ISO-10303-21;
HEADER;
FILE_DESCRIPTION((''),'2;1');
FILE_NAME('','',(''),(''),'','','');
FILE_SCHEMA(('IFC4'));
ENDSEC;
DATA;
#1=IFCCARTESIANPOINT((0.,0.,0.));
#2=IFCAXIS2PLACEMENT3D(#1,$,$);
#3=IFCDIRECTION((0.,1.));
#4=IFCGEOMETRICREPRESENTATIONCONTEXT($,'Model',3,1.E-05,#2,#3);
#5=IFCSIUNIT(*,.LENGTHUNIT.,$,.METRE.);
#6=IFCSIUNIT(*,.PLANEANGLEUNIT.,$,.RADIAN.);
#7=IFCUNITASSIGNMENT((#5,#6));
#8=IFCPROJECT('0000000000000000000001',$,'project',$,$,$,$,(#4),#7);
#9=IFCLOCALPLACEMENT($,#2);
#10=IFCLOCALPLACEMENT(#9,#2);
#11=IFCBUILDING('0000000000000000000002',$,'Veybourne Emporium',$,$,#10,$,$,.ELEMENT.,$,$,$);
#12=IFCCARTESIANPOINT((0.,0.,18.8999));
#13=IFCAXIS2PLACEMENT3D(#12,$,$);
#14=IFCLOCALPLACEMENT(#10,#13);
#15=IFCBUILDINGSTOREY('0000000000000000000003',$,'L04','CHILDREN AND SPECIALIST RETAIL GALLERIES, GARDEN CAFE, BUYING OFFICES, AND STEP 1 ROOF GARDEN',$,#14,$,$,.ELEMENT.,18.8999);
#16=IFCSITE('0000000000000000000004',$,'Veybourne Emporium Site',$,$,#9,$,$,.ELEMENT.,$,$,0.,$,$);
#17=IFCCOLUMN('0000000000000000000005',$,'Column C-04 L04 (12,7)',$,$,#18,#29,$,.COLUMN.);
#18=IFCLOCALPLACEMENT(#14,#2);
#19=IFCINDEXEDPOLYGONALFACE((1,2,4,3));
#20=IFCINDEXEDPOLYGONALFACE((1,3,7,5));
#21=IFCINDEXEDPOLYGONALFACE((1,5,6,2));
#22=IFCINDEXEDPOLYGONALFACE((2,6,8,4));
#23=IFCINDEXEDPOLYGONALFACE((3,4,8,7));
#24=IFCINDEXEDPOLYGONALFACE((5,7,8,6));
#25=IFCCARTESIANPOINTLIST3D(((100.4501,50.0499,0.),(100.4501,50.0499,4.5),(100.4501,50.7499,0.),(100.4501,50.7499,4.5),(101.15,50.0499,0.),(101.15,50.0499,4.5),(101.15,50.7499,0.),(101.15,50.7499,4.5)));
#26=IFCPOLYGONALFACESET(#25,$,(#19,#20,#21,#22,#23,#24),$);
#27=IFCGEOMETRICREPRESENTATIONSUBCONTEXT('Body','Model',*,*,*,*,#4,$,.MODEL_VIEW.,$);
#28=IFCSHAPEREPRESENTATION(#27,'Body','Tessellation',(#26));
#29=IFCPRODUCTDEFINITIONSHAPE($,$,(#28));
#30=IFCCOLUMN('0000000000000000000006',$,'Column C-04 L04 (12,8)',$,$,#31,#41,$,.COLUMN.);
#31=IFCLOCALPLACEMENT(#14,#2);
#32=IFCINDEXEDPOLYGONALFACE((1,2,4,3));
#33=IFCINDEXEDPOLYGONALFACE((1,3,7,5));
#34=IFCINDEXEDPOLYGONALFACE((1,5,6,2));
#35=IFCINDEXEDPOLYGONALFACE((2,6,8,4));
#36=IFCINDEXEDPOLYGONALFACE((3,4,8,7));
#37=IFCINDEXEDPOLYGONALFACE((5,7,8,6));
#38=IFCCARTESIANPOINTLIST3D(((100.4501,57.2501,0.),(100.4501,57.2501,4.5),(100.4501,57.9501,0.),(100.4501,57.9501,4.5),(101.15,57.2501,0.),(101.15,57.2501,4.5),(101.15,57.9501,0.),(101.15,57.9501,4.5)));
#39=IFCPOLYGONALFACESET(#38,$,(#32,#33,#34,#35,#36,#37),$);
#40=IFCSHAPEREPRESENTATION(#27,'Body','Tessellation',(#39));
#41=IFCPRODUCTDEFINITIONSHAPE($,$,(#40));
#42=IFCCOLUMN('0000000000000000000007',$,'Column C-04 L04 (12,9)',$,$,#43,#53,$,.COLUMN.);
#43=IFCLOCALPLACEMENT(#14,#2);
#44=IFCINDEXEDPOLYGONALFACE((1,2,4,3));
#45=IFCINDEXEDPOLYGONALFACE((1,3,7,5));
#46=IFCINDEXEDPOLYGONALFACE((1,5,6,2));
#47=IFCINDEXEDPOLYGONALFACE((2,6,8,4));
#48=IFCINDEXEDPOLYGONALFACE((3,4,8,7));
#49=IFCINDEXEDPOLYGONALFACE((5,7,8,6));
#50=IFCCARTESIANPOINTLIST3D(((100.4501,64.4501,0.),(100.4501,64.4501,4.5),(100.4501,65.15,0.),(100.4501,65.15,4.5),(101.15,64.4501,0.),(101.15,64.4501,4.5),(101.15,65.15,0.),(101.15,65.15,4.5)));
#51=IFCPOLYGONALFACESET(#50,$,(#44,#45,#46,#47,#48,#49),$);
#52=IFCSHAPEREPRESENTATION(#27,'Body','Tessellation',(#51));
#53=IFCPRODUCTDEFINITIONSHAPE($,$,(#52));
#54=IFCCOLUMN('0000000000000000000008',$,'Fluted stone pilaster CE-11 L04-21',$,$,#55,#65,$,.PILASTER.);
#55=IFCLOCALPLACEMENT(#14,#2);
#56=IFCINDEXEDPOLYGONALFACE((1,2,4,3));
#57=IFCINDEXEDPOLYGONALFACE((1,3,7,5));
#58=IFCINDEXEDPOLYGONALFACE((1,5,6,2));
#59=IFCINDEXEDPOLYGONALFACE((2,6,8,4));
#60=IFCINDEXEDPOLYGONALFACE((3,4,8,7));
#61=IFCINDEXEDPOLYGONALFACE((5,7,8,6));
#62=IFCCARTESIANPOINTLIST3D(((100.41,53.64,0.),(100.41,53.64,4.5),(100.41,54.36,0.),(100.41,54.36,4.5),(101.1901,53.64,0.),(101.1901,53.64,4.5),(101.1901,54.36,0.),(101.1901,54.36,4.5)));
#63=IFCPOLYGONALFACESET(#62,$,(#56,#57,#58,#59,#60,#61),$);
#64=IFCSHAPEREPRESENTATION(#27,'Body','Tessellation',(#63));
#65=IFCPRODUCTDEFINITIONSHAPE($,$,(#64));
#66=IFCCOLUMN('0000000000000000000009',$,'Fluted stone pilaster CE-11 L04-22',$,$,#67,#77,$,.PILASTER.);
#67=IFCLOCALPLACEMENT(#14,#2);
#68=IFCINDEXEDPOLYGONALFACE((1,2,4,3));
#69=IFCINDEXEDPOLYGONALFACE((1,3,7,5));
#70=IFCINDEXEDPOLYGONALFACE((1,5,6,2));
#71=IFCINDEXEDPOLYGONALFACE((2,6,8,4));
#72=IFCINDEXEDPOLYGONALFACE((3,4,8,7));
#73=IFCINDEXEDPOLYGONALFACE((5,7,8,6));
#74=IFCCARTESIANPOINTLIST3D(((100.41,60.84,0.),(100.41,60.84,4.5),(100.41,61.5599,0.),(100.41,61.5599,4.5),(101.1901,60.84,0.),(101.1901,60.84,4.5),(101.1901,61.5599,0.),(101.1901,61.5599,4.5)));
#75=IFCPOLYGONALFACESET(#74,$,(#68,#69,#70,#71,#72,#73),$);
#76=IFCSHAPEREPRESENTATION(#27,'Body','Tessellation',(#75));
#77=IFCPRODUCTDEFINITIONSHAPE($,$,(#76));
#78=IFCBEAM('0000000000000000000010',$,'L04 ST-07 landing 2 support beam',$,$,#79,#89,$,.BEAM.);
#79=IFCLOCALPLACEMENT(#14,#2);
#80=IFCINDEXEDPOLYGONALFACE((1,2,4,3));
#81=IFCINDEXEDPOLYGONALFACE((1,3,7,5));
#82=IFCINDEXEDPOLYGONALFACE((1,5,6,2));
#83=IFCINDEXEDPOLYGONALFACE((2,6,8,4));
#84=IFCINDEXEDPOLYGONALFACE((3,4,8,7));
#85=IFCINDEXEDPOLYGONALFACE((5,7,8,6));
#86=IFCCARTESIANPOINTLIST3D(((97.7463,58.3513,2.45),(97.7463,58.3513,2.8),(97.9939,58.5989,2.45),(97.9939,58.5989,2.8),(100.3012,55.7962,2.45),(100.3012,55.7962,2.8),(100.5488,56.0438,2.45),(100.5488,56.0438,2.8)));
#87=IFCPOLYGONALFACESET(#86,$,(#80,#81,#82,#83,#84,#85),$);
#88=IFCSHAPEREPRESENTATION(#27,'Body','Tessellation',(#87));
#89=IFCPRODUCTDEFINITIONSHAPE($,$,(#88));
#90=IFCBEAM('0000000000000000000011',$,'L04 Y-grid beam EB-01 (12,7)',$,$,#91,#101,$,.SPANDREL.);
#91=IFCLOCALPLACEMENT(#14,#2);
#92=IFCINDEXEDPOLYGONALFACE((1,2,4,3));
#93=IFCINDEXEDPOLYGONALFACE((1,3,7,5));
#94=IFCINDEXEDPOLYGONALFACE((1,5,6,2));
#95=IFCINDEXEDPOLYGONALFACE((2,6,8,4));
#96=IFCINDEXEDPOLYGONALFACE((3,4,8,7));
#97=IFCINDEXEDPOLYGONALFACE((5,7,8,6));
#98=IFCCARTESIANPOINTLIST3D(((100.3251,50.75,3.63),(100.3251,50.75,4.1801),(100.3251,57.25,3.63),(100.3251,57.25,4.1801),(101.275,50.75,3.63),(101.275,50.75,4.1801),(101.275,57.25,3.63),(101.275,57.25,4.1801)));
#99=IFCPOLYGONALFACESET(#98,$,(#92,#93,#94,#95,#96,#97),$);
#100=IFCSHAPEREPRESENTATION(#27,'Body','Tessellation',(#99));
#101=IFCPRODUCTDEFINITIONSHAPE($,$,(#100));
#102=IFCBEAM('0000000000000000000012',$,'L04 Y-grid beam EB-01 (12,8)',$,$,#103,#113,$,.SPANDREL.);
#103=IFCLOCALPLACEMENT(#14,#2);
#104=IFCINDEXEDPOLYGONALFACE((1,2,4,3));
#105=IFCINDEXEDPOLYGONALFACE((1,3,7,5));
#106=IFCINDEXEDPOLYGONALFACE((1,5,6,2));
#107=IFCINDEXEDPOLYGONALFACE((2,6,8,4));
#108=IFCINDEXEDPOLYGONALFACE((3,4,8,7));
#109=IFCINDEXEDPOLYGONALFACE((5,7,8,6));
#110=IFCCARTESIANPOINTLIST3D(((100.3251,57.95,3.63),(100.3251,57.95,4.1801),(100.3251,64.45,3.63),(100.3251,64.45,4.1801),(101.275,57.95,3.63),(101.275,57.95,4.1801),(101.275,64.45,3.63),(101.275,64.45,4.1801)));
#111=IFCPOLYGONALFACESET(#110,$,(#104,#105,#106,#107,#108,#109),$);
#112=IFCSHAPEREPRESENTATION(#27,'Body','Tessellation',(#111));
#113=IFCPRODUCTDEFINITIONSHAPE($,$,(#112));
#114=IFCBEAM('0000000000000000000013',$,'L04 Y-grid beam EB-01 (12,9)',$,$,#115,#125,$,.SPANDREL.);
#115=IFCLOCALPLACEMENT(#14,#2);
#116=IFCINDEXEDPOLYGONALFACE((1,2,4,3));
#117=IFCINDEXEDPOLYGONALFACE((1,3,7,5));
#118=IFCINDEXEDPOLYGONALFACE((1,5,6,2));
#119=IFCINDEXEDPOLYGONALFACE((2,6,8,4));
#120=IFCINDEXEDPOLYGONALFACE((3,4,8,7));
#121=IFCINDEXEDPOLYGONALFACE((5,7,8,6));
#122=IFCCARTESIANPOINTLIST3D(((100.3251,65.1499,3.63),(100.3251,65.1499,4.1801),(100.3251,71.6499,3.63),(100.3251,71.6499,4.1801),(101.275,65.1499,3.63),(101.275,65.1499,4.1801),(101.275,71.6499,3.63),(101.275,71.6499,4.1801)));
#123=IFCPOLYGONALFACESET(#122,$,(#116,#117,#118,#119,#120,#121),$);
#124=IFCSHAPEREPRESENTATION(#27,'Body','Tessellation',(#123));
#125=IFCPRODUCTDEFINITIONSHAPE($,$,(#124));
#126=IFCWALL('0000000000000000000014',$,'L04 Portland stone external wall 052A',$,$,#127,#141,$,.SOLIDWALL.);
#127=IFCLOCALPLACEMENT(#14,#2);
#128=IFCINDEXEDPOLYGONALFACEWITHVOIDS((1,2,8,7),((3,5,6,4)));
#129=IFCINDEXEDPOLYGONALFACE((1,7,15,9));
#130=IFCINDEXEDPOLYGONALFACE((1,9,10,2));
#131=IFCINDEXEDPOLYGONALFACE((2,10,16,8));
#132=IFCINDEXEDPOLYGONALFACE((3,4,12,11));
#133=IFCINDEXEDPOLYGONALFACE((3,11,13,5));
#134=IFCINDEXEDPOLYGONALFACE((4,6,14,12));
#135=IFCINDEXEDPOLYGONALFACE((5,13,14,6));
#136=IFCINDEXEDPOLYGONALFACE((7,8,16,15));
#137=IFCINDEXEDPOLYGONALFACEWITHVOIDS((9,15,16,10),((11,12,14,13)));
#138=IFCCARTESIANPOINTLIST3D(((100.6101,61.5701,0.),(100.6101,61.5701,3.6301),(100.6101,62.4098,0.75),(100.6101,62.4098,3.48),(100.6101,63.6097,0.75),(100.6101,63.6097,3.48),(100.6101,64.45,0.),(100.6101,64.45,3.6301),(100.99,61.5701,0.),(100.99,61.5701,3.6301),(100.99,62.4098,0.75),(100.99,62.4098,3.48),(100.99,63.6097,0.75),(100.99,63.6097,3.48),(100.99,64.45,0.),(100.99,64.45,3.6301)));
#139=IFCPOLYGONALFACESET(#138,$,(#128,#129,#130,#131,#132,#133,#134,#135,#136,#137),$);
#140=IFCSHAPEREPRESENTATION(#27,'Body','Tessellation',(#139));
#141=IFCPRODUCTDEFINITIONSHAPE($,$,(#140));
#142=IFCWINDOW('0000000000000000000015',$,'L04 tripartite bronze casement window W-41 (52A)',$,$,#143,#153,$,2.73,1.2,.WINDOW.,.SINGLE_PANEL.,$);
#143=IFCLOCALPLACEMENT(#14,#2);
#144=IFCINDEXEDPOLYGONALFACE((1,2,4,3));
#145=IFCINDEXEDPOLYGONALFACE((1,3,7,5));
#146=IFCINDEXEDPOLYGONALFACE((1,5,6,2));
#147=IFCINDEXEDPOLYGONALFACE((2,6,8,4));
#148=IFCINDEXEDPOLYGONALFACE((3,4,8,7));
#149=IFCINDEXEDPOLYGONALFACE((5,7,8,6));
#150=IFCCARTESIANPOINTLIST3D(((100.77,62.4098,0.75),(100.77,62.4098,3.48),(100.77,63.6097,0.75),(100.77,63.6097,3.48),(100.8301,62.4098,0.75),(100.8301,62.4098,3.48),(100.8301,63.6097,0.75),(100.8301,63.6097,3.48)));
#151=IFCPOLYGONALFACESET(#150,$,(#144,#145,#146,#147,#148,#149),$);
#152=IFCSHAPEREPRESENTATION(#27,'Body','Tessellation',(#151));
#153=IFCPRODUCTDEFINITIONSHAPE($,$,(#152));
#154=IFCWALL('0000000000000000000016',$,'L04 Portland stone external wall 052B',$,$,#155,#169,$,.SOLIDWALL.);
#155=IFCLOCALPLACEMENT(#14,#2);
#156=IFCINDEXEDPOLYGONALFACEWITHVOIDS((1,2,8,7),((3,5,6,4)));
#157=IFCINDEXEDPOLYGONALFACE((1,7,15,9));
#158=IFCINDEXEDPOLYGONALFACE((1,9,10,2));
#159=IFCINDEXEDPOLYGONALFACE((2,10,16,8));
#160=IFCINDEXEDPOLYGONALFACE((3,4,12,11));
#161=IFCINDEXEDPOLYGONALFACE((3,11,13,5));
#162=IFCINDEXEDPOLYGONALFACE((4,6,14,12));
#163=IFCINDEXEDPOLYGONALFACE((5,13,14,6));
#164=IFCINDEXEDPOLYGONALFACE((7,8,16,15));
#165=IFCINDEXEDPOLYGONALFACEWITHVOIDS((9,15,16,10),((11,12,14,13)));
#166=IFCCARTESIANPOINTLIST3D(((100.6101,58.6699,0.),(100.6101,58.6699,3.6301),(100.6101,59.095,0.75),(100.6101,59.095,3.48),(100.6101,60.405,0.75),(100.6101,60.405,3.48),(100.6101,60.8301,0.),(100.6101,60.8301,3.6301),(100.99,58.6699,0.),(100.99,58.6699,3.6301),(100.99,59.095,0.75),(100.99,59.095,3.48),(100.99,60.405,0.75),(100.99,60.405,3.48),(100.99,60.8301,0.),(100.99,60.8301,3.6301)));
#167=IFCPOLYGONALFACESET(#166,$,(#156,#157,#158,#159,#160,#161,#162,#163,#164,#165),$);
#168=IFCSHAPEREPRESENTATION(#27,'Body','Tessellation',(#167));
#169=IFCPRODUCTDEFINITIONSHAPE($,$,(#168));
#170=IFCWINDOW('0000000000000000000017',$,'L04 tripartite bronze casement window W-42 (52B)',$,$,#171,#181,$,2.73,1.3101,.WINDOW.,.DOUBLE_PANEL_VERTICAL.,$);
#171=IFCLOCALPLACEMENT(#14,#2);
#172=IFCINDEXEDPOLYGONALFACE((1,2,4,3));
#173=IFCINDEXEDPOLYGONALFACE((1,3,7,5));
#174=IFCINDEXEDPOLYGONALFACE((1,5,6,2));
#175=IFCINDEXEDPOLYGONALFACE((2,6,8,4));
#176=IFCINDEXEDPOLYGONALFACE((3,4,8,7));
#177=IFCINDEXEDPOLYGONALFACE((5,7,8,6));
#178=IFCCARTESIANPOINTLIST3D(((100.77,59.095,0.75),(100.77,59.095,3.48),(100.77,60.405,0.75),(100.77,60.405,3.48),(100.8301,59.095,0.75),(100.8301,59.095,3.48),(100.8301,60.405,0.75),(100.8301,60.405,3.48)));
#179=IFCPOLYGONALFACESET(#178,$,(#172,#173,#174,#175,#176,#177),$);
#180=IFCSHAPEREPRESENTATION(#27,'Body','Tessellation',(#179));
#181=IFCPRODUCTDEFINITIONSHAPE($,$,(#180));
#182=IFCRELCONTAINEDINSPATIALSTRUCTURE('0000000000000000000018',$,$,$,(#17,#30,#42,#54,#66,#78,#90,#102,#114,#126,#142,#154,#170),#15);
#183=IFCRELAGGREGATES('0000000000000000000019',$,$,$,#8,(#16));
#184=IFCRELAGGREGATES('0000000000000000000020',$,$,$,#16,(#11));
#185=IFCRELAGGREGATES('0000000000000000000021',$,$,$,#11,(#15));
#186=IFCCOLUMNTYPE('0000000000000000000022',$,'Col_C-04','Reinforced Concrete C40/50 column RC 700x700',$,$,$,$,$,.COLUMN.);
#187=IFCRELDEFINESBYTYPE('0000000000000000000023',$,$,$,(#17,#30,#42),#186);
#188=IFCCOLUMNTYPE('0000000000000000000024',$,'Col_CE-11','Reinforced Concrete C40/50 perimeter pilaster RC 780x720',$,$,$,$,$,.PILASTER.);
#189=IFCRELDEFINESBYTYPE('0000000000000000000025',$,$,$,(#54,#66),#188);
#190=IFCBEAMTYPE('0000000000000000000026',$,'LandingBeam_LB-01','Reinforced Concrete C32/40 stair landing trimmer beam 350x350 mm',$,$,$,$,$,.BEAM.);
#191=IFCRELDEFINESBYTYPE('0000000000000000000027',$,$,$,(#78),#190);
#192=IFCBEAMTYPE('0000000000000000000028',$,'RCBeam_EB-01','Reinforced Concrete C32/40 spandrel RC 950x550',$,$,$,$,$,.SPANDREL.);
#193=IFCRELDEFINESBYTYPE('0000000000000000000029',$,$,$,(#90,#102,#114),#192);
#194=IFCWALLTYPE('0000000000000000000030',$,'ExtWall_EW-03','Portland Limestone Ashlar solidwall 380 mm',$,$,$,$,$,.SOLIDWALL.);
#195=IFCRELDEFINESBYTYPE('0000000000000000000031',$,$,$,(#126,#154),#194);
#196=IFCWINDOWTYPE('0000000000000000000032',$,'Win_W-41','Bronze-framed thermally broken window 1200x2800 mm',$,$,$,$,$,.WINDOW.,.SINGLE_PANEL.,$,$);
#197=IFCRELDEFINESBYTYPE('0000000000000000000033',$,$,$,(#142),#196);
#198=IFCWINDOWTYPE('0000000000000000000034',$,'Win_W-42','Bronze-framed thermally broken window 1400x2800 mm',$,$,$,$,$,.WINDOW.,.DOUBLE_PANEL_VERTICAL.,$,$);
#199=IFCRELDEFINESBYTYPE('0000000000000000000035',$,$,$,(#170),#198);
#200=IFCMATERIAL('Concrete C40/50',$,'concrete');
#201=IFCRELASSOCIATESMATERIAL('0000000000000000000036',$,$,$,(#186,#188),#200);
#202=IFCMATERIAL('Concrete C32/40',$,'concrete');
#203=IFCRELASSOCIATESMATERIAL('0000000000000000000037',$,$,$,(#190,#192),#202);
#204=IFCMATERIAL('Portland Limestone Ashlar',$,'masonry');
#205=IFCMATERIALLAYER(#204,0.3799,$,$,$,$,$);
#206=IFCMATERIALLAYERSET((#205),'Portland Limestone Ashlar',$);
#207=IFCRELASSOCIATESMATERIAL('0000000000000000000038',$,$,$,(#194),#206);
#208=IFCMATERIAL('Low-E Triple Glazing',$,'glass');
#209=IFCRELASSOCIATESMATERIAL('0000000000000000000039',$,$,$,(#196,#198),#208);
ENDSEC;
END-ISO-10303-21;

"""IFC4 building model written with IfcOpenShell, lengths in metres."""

from ifc_helpers import new_model, si_unit, direction, frame, frame_2d, origin, origin_2d, place, context, subcontext, project, spatial, rectangle, extrude, material, layer, layer_set, material_profile, profile_set, type_object, element, fill, save


model = new_model("IFC4")

# Units and contexts
model_context = context("Model", 3, precision=1e-05, world=origin(), true_north=direction((0.0, 1.0)))
body_context = subcontext(model_context, "Body", "Model", "MODEL_VIEW")
ifc_project = project(units=[si_unit("LENGTHUNIT", "METRE"), si_unit("PLANEANGLEUNIT", "RADIAN")], contexts=[model_context])

# Site, building, storey
site_placement = place(None, origin())
site = spatial("IfcSite", under=ifc_project, at=site_placement, Name="Veybourne Emporium Site", CompositionType="ELEMENT", RefElevation=0.0)
building_placement = place(site_placement, origin())
building = spatial("IfcBuilding", under=site, at=building_placement, Name="Veybourne Emporium", CompositionType="ELEMENT")
storey_placement = place(building_placement, frame((0.0, 0.0, 18.8999)))
storey = spatial("IfcBuildingStorey", under=building, at=storey_placement, Name="L04", Description="CHILDREN AND SPECIALIST RETAIL GALLERIES, GARDEN CAFE, BUYING OFFICES, AND STEP 1 ROOF GARDEN", CompositionType="ELEMENT", Elevation=18.8999)

# Columns
ifc_material_1 = material(Name="Concrete C40/50", Category="concrete")
ifc_material_profile_1 = material_profile(ifc_material_1, rectangle(XDim=0.7, YDim=0.7, at=origin_2d()), Name="RC 700x700")
ifc_profile_set_1 = profile_set([ifc_material_profile_1], Name="Concrete C40/50")
column_type_1 = type_object("IfcColumnType", Name="Col_C-04", Description="Reinforced Concrete C40/50 column RC 700x700", PredefinedType="COLUMN", material=ifc_profile_set_1)
for number, where, z_axis, x_axis, name in (
    (1, (100.8, 50.3999, 0.0), (0.0, 0.0, 1.0), (1.0, 0.0, 0.0), "Column C-04 L04 (12,7)"),
    (2, (100.8, 57.6001, 0.0), (0.0, 0.0, 1.0), (1.0, 0.0, 0.0), "Column C-04 L04 (12,8)"),
    (3, (100.8, 64.8, 0.0), (0.0, 0.0, 1.0), (1.0, 0.0, 0.0), "Column C-04 L04 (12,9)"),
):
    element("IfcColumn", number, at=place(storey_placement, frame(where, z_axis=z_axis, x_axis=x_axis)), inside=storey, type_object=column_type_1, Name=name, PredefinedType="COLUMN", context=body_context, shape_type="SweptSolid", body=[
        extrude(rectangle(XDim=0.7, YDim=0.7, at=origin_2d()), origin(), (0.0, 0.0, 1.0), 4.5),
    ])
ifc_material_profile_2 = material_profile(ifc_material_1, rectangle(XDim=0.78, YDim=0.72, at=origin_2d()), Name="RC 780x720")
ifc_profile_set_2 = profile_set([ifc_material_profile_2], Name="Concrete C40/50")
column_type_2 = type_object("IfcColumnType", Name="Col_CE-11", Description="Reinforced Concrete C40/50 perimeter pilaster RC 780x720", PredefinedType="PILASTER", material=ifc_profile_set_2)
for number, where, z_axis, x_axis, name in (
    (4, (100.8, 54.0, 0.0), (0.0, 0.0, 1.0), (1.0, 0.0, 0.0), "Fluted stone pilaster CE-11 L04-21"),
    (5, (100.8, 61.2, 0.0), (0.0, 0.0, 1.0), (1.0, 0.0, 0.0), "Fluted stone pilaster CE-11 L04-22"),
):
    element("IfcColumn", number, at=place(storey_placement, frame(where, z_axis=z_axis, x_axis=x_axis)), inside=storey, type_object=column_type_2, Name=name, PredefinedType="PILASTER", context=body_context, shape_type="SweptSolid", body=[
        extrude(rectangle(XDim=0.78, YDim=0.72, at=origin_2d()), origin(), (0.0, 0.0, 1.0), 4.5),
    ])

# Beams
ifc_material_2 = material(Name="Concrete C32/40", Category="concrete")
ifc_material_profile_3 = material_profile(ifc_material_2, rectangle(XDim=0.3501, YDim=0.3501, at=origin_2d()), Name="RC 350x350")
ifc_profile_set_3 = profile_set([ifc_material_profile_3], Name="Concrete C32/40")
beam_type_1 = type_object("IfcBeamType", Name="LandingBeam_LB-01", Description="Reinforced Concrete C32/40 stair landing trimmer beam 350x350 mm", PredefinedType="BEAM", material=ifc_profile_set_3)
beam_placement = place(storey_placement, frame((97.8701, 58.4751, 2.625), z_axis=(0.707073, -0.707141, 0.0), x_axis=(0.707141, 0.707073, 0.0)))
element("IfcBeam", 6, at=beam_placement, inside=storey, type_object=beam_type_1, Name="L04 ST-07 landing 2 support beam", PredefinedType="BEAM", context=body_context, shape_type="SweptSolid", body=[
    extrude(rectangle(XDim=0.3501, YDim=0.3501, at=origin_2d()), origin(), (0.0, 0.0, 1.0), 3.6133),
])
ifc_material_profile_4 = material_profile(ifc_material_2, rectangle(XDim=0.95, YDim=0.55, at=origin_2d()), Name="RC 950x550")
ifc_profile_set_4 = profile_set([ifc_material_profile_4], Name="Concrete C32/40")
beam_type_2 = type_object("IfcBeamType", Name="RCBeam_EB-01", Description="Reinforced Concrete C32/40 spandrel RC 950x550", PredefinedType="SPANDREL", material=ifc_profile_set_4)
for number, where, z_axis, x_axis, name in (
    (7, (100.8, 50.75, 3.905), (0.0, 1.0, 0.0), (-1.0, 0.0, 0.0), "L04 Y-grid beam EB-01 (12,7)"),
    (8, (100.8, 57.95, 3.905), (0.0, 1.0, 0.0), (-1.0, 0.0, 0.0), "L04 Y-grid beam EB-01 (12,8)"),
    (9, (100.8, 65.1499, 3.905), (0.0, 1.0, 0.0), (-1.0, 0.0, 0.0), "L04 Y-grid beam EB-01 (12,9)"),
):
    element("IfcBeam", number, at=place(storey_placement, frame(where, z_axis=z_axis, x_axis=x_axis)), inside=storey, type_object=beam_type_2, Name=name, PredefinedType="SPANDREL", context=body_context, shape_type="SweptSolid", body=[
        extrude(rectangle(XDim=0.95, YDim=0.55, at=origin_2d()), origin(), (0.0, 0.0, 1.0), 6.5),
    ])

# Walls, openings, windows
ifc_material_3 = material(Name="Portland Limestone Ashlar", Category="masonry")
ifc_layer_1 = layer(ifc_material_3, 0.3799)
ifc_layer_set_1 = layer_set([ifc_layer_1], Name="Portland Limestone Ashlar")
wall_type_1 = type_object("IfcWallType", Name="ExtWall_EW-03", Description="Portland Limestone Ashlar solidwall 380 mm", PredefinedType="SOLIDWALL", material=ifc_layer_set_1)
wall_1_placement = place(storey_placement, frame((100.8, 64.45, 0.0), z_axis=(0.0, 0.0, 1.0), x_axis=(0.0, -1.0, 0.0)))
wall_1 = element("IfcWall", 10, at=wall_1_placement, inside=storey, type_object=wall_type_1, Name="L04 Portland stone external wall 052A", PredefinedType="SOLIDWALL", context=body_context, shape_type="SweptSolid", body=[
    extrude(rectangle(XDim=2.8799, YDim=0.3799, at=frame_2d((1.4399, 0.0))), origin(), (0.0, 0.0, 1.0), 3.6301),
])
opening_1_placement = place(wall_1_placement, frame((0.8401, 0.0, 0.75)))
opening_1 = element("IfcOpeningElement", 11, at=opening_1_placement, cuts=wall_1, PredefinedType="OPENING", context=body_context, shape_type="SweptSolid", body=[
    extrude(rectangle(XDim=1.2, YDim=2.73, at=frame_2d((0.6001, 1.365))), frame((0.0, 0.21, 0.0), z_axis=(0.0, -1.0, 0.0), x_axis=(1.0, 0.0, 0.0)), (0.0, 0.0, 1.0), 0.4199),
])
ifc_material_4 = material(Name="Low-E Triple Glazing", Category="glass")
window_type_1 = type_object("IfcWindowType", Name="Win_W-41", Description="Bronze-framed thermally broken window 1200x2800 mm", PartitioningType="SINGLE_PANEL", PredefinedType="WINDOW", material=ifc_material_4)
window_1_placement = place(opening_1_placement, origin())
window_1 = element("IfcWindow", 12, at=window_1_placement, inside=storey, type_object=window_type_1, Name="L04 tripartite bronze casement window W-41 (52A)", OverallHeight=2.73, OverallWidth=1.2, PartitioningType="SINGLE_PANEL", PredefinedType="WINDOW", context=body_context, shape_type="SweptSolid", body=[
    extrude(rectangle(XDim=1.2, YDim=2.73, at=frame_2d((0.6001, 1.365))), frame((0.0, 0.03, 0.0), z_axis=(0.0, -1.0, 0.0), x_axis=(1.0, 0.0, 0.0)), (0.0, 0.0, 1.0), 0.0601),
])
fill(opening_1, window_1)
wall_2_placement = place(storey_placement, frame((100.8, 60.8301, 0.0), z_axis=(0.0, 0.0, 1.0), x_axis=(0.0, -1.0, 0.0)))
wall_2 = element("IfcWall", 13, at=wall_2_placement, inside=storey, type_object=wall_type_1, Name="L04 Portland stone external wall 052B", PredefinedType="SOLIDWALL", context=body_context, shape_type="SweptSolid", body=[
    extrude(rectangle(XDim=2.1602, YDim=0.3799, at=frame_2d((1.0801, 0.0))), origin(), (0.0, 0.0, 1.0), 3.6301),
])
opening_2_placement = place(wall_2_placement, frame((0.425, 0.0, 0.75)))
opening_2 = element("IfcOpeningElement", 14, at=opening_2_placement, cuts=wall_2, PredefinedType="OPENING", context=body_context, shape_type="SweptSolid", body=[
    extrude(rectangle(XDim=1.3101, YDim=2.73, at=frame_2d((0.655, 1.365))), frame((0.0, 0.21, 0.0), z_axis=(0.0, -1.0, 0.0), x_axis=(1.0, 0.0, 0.0)), (0.0, 0.0, 1.0), 0.4199),
])
window_type_2 = type_object("IfcWindowType", Name="Win_W-42", Description="Bronze-framed thermally broken window 1400x2800 mm", PartitioningType="DOUBLE_PANEL_VERTICAL", PredefinedType="WINDOW", material=ifc_material_4)
window_2_placement = place(opening_2_placement, origin())
window_2 = element("IfcWindow", 15, at=window_2_placement, inside=storey, type_object=window_type_2, Name="L04 tripartite bronze casement window W-42 (52B)", OverallHeight=2.73, OverallWidth=1.3101, PartitioningType="DOUBLE_PANEL_VERTICAL", PredefinedType="WINDOW", context=body_context, shape_type="SweptSolid", body=[
    extrude(rectangle(XDim=1.3101, YDim=2.73, at=frame_2d((0.655, 1.365))), frame((0.0, 0.03, 0.0), z_axis=(0.0, -1.0, 0.0), x_axis=(1.0, 0.0, 0.0)), (0.0, 0.0, 1.0), 0.0601),
])
fill(opening_2, window_2)

save(model, "model.ifc")
